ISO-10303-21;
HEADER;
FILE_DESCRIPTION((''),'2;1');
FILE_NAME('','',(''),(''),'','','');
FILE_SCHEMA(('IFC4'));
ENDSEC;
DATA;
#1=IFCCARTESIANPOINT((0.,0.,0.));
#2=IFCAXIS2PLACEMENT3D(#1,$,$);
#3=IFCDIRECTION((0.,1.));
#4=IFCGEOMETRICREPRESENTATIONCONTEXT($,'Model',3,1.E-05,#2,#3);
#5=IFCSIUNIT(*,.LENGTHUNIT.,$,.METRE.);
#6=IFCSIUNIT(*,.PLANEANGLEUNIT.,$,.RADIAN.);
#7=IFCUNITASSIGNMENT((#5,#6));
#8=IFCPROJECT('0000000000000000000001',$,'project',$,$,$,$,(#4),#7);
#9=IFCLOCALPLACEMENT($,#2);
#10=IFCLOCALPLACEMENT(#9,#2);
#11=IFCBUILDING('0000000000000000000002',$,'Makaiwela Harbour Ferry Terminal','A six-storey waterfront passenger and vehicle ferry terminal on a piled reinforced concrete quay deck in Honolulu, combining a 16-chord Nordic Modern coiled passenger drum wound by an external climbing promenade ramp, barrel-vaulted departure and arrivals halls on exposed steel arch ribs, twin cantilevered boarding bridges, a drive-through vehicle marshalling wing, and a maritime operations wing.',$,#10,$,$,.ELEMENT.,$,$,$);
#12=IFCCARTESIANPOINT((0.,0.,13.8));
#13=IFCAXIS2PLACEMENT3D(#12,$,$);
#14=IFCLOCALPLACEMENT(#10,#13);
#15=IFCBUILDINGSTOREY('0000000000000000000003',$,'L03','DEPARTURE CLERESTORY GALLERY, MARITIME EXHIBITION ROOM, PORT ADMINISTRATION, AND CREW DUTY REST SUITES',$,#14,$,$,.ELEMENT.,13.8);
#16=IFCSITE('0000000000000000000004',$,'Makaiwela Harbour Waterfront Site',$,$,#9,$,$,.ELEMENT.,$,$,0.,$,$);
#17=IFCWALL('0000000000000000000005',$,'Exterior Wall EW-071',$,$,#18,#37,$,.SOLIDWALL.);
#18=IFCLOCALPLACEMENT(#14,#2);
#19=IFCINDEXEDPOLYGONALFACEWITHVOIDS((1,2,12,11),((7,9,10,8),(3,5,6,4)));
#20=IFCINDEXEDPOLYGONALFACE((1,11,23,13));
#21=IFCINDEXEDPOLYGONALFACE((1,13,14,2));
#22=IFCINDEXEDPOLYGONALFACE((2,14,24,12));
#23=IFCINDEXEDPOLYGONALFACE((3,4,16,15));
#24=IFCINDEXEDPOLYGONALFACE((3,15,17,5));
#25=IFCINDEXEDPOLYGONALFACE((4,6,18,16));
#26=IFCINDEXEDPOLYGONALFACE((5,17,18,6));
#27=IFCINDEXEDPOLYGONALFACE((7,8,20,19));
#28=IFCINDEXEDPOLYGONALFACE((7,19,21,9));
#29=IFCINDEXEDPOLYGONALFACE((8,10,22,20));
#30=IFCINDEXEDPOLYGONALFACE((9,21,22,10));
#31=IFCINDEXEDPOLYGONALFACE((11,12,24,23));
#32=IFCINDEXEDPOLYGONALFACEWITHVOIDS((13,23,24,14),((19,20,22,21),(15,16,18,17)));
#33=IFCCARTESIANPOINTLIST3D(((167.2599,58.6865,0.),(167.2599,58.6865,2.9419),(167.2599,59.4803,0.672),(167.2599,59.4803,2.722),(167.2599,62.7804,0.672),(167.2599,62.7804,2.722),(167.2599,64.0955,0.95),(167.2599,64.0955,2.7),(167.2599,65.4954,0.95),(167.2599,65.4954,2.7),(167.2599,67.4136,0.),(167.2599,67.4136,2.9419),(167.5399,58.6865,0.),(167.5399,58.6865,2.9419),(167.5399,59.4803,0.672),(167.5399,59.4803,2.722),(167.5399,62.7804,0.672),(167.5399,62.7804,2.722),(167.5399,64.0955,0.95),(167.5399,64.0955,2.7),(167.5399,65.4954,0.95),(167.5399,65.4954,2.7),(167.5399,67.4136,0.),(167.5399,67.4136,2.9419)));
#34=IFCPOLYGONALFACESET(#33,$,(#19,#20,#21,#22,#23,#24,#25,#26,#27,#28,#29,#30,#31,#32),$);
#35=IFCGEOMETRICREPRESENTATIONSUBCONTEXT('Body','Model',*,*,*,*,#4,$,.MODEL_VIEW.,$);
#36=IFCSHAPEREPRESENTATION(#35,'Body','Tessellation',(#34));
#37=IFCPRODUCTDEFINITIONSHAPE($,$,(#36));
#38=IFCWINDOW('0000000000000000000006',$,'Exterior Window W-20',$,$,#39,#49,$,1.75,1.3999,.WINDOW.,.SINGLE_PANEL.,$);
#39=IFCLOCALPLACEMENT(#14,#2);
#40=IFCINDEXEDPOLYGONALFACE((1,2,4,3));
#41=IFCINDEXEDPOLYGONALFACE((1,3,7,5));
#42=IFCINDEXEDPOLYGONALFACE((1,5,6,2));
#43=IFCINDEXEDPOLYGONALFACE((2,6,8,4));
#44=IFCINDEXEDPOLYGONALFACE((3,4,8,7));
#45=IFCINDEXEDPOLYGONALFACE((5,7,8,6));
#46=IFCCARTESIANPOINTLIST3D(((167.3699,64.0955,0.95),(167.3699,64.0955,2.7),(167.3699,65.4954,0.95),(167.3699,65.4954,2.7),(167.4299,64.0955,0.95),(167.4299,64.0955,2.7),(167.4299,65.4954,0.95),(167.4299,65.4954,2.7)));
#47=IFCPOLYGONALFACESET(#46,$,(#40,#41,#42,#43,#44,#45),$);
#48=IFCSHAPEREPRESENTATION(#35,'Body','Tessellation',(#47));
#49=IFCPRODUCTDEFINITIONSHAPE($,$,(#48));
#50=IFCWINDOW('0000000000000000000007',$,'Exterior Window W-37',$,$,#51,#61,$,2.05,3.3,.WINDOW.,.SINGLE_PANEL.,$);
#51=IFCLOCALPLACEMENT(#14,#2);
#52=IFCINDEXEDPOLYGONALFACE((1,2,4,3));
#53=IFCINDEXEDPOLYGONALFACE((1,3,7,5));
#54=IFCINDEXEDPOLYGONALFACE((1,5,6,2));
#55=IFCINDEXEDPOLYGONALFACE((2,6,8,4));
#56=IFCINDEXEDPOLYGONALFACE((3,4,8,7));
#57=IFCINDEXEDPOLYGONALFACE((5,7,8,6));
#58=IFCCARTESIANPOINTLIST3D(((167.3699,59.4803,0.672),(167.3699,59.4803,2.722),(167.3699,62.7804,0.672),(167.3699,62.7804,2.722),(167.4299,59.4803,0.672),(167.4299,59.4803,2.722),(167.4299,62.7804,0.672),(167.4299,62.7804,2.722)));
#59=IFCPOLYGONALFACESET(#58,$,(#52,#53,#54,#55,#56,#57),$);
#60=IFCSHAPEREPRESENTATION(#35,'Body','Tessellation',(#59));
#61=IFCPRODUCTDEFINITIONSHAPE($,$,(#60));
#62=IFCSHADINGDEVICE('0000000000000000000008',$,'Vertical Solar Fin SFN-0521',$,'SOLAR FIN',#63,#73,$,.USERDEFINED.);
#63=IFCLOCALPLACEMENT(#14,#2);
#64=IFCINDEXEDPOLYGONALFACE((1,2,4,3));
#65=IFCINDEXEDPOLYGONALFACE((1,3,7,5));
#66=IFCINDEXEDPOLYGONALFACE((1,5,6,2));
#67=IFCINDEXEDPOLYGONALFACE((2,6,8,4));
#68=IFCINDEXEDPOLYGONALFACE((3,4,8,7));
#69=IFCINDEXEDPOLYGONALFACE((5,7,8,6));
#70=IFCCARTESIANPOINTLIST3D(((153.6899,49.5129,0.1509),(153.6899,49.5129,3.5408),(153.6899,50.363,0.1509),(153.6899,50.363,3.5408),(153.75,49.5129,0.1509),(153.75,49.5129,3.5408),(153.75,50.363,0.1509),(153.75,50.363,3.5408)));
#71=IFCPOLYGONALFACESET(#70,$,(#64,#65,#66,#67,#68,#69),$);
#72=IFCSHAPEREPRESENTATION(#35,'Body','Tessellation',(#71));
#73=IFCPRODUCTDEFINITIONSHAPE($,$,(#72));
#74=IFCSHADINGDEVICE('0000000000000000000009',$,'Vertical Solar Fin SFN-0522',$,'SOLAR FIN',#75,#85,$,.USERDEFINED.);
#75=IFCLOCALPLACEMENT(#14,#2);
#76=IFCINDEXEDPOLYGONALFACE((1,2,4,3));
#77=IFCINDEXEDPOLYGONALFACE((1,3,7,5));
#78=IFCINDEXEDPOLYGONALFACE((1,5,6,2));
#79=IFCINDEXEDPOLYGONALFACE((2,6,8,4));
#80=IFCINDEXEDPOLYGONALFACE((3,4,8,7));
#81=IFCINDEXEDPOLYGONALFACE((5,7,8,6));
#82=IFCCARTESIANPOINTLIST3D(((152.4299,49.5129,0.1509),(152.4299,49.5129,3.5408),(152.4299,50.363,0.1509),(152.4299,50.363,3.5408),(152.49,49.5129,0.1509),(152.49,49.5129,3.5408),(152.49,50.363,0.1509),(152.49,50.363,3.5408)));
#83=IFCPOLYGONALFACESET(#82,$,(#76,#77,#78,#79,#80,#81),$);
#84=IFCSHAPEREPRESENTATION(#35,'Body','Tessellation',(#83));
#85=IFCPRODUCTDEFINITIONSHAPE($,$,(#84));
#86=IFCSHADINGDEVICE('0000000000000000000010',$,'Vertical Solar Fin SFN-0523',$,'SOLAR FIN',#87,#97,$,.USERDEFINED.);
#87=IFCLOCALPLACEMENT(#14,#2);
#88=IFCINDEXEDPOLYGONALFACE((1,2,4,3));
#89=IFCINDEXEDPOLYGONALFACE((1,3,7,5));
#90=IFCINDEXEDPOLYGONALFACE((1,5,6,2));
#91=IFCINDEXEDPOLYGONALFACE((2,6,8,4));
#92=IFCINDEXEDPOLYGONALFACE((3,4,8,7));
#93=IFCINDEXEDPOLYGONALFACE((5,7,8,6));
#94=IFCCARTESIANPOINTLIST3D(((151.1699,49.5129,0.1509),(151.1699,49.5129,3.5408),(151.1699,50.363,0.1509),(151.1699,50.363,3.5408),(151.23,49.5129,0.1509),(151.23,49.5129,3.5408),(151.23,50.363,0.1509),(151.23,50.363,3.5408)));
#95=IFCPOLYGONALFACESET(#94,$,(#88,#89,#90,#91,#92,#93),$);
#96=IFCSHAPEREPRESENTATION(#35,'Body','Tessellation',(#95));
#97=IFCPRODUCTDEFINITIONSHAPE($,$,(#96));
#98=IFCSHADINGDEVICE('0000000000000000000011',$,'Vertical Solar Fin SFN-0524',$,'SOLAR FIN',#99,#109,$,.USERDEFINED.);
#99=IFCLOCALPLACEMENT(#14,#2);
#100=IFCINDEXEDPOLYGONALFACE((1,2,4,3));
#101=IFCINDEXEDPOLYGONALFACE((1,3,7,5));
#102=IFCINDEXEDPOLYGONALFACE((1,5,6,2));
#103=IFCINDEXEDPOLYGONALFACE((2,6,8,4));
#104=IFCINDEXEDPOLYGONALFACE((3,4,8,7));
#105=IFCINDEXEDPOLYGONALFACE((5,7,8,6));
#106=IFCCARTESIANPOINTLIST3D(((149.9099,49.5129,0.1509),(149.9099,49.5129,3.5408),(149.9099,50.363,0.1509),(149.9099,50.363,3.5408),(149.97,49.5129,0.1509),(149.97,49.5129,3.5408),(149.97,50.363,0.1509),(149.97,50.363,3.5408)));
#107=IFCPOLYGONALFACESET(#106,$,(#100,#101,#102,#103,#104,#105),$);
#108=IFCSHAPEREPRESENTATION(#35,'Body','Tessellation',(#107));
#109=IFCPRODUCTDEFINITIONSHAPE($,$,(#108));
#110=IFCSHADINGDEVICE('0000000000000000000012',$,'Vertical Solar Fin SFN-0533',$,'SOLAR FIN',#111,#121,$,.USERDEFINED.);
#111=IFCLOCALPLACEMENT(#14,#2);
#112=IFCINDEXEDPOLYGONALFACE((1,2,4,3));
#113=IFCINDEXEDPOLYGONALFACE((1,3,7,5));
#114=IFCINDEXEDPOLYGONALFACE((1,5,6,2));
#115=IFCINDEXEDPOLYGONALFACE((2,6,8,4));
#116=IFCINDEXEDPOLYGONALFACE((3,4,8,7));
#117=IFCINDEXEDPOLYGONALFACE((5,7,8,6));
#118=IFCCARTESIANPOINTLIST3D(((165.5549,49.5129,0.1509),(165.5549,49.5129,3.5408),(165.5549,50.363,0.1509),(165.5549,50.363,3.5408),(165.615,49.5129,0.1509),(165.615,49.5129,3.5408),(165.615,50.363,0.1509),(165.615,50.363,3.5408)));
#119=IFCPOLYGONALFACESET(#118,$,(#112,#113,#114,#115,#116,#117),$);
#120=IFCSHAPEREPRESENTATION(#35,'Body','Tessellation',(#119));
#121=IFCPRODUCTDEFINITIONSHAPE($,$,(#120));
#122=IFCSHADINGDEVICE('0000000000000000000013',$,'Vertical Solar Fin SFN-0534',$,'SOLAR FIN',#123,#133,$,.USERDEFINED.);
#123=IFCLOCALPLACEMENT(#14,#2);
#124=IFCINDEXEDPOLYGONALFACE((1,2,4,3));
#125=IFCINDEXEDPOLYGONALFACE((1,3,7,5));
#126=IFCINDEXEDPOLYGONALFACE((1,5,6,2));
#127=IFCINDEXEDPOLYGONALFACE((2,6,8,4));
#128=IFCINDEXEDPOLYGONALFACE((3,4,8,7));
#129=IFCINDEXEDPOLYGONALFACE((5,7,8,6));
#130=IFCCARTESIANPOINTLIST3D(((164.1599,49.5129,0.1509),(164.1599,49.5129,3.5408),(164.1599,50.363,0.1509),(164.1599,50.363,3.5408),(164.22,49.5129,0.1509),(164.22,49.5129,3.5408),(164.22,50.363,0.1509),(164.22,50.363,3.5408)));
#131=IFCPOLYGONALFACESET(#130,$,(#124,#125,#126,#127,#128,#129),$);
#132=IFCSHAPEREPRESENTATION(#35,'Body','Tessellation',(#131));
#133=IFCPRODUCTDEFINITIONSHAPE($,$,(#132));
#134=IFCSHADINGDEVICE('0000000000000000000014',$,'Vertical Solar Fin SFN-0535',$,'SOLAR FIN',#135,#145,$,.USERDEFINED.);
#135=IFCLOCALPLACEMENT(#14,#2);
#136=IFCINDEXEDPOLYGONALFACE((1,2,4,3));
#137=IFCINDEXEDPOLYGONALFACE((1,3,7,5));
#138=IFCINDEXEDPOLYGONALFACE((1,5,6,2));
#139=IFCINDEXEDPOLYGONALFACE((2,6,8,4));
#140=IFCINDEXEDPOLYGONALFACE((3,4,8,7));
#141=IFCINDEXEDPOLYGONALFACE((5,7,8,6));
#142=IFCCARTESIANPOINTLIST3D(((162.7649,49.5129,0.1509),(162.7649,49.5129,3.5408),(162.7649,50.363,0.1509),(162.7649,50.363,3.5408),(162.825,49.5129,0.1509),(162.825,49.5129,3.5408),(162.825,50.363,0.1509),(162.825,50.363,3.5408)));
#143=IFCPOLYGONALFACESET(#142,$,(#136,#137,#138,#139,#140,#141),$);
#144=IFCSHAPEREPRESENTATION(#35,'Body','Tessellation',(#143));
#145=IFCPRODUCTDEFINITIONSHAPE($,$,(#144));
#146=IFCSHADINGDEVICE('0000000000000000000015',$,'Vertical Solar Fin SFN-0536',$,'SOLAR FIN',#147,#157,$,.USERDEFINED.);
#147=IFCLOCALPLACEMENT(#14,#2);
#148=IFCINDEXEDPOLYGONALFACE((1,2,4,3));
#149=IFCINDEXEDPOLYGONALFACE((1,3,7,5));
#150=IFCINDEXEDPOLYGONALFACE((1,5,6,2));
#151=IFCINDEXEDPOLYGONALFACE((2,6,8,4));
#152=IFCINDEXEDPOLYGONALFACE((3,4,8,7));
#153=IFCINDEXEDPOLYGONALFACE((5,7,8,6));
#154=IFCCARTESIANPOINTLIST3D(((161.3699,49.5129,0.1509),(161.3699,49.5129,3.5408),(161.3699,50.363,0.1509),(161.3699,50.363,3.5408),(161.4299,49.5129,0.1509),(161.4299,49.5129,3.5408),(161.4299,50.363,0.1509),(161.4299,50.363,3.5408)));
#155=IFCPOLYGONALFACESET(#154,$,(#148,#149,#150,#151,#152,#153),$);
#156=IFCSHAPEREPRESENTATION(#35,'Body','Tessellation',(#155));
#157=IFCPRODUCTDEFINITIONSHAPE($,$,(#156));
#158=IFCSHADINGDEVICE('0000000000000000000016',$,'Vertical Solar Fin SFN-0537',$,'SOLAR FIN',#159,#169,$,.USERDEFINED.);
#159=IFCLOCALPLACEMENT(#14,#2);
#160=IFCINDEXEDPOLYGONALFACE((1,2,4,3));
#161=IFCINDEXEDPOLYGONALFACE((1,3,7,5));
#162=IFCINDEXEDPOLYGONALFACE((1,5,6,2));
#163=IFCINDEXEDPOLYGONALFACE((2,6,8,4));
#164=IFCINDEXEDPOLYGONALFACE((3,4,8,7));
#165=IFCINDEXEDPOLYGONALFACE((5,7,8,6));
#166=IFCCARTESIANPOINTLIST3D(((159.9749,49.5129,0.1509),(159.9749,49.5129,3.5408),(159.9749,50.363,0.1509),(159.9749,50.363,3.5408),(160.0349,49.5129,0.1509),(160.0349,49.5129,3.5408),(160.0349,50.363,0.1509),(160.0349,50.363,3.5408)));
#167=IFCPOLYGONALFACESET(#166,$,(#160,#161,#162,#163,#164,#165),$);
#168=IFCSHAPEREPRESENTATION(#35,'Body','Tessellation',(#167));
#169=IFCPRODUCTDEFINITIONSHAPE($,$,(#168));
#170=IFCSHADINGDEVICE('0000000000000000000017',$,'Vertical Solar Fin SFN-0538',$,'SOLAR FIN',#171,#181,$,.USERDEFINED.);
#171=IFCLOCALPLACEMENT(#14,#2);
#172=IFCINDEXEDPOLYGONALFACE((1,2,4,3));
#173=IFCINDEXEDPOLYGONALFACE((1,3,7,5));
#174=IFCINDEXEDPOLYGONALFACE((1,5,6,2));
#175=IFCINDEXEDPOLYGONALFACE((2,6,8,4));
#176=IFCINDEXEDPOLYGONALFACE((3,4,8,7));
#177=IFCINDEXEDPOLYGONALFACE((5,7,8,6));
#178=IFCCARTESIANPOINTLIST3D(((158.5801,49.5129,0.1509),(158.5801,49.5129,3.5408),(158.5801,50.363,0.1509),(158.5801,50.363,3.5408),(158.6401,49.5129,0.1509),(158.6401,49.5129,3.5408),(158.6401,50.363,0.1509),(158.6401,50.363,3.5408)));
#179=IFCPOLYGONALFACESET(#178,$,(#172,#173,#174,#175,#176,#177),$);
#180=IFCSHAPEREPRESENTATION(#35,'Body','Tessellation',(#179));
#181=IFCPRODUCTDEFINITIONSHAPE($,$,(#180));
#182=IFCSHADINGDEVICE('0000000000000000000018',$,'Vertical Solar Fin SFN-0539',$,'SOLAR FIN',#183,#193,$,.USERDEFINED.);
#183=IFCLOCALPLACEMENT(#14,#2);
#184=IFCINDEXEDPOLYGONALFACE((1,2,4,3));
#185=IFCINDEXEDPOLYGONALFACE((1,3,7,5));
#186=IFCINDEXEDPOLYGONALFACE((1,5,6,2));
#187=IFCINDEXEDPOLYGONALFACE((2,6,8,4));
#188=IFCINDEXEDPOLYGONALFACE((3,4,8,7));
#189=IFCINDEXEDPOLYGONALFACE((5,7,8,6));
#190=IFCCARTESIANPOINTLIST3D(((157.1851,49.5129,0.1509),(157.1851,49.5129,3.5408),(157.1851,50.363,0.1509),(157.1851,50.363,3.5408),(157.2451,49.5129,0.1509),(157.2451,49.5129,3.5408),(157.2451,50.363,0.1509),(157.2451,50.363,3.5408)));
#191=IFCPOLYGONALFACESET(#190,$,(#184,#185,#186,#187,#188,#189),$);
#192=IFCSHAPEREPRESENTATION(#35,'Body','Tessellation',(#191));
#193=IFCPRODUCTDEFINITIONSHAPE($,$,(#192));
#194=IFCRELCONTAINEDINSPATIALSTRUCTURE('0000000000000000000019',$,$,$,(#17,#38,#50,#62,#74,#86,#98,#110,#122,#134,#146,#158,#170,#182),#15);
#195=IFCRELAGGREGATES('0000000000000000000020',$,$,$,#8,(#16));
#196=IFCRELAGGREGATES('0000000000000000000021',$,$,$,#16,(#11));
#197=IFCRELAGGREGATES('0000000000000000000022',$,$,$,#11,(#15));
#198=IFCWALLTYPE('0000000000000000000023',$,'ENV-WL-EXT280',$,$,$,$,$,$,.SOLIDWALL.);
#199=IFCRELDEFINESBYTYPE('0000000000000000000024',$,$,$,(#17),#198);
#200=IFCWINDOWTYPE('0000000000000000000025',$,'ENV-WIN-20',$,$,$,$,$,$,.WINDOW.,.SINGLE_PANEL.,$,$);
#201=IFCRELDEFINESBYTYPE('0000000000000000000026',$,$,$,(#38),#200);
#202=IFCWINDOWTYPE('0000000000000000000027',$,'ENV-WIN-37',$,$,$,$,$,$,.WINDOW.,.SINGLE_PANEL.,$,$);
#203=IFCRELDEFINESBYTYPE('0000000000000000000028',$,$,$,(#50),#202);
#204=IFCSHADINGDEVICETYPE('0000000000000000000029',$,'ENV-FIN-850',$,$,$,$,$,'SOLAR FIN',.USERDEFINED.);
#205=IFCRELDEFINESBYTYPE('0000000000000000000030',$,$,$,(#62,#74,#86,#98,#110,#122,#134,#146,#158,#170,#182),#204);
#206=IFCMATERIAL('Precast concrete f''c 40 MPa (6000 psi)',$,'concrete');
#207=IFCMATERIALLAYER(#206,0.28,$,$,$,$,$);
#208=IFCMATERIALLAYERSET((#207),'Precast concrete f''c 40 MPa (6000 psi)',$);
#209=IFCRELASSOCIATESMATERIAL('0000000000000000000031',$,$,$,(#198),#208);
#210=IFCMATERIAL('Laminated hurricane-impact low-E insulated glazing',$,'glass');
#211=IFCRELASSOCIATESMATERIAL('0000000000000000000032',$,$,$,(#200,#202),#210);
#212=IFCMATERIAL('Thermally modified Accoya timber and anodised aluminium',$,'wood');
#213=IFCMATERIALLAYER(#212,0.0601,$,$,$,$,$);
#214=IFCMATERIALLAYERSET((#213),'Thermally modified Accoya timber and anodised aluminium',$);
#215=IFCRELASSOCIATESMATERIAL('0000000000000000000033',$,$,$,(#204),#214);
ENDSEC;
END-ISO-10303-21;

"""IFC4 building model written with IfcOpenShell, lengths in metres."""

from ifc_helpers import new_model, si_unit, direction, frame, frame_2d, origin, origin_2d, place, context, subcontext, project, spatial, rectangle, extrude, material, layer, layer_set, type_object, element, fill, save


model = new_model("IFC4")

# Units and contexts
model_context = context("Model", 3, precision=1e-05, world=origin(), true_north=direction((0.0, 1.0)))
body_context = subcontext(model_context, "Body", "Model", "MODEL_VIEW")
ifc_project = project(units=[si_unit("LENGTHUNIT", "METRE"), si_unit("PLANEANGLEUNIT", "RADIAN")], contexts=[model_context])

# Site, building, storey
site_placement = place(None, origin())
site = spatial("IfcSite", under=ifc_project, at=site_placement, Name="Makaiwela Harbour Waterfront Site", CompositionType="ELEMENT", RefElevation=0.0)
building_placement = place(site_placement, origin())
building = spatial("IfcBuilding", under=site, at=building_placement, Name="Makaiwela Harbour Ferry Terminal", Description="A six-storey waterfront passenger and vehicle ferry terminal on a piled reinforced concrete quay deck in Honolulu, combining a 16-chord Nordic Modern coiled passenger drum wound by an external climbing promenade ramp, barrel-vaulted departure and arrivals halls on exposed steel arch ribs, twin cantilevered boarding bridges, a drive-through vehicle marshalling wing, and a maritime operations wing.", CompositionType="ELEMENT")
storey_placement = place(building_placement, frame((0.0, 0.0, 13.8)))
storey = spatial("IfcBuildingStorey", under=building, at=storey_placement, Name="L03", Description="DEPARTURE CLERESTORY GALLERY, MARITIME EXHIBITION ROOM, PORT ADMINISTRATION, AND CREW DUTY REST SUITES", CompositionType="ELEMENT", Elevation=13.8)

# Wall, openings, windows
ifc_material_1 = material(Name="Precast concrete f'c 40 MPa (6000 psi)", Category="concrete")
ifc_layer_1 = layer(ifc_material_1, 0.28)
ifc_layer_set_1 = layer_set([ifc_layer_1], Name="Precast concrete f'c 40 MPa (6000 psi)")
wall_type = type_object("IfcWallType", Name="ENV-WL-EXT280", PredefinedType="SOLIDWALL", material=ifc_layer_set_1)
ifc_material_2 = material(Name="Laminated hurricane-impact low-E insulated glazing", Category="glass")
wall_1_placement = place(storey_placement, frame((167.3999, 67.4136, 0.0), z_axis=(0.0, 0.0, 1.0), x_axis=(0.0, -1.0, 0.0)))
wall_1 = element("IfcWall", 1, at=wall_1_placement, inside=storey, type_object=wall_type, Name="Exterior Wall EW-071", PredefinedType="SOLIDWALL", context=body_context, shape_type="SweptSolid", body=[
    extrude(rectangle(XDim=8.7271, YDim=0.28, at=frame_2d((4.3635, 0.0))), origin(), (0.0, 0.0, 1.0), 2.9419),
])
opening_1_placement = place(wall_1_placement, frame((1.9182, 0.0, 0.95)))
opening_1 = element("IfcOpeningElement", 2, at=opening_1_placement, cuts=wall_1, PredefinedType="OPENING", context=body_context, shape_type="SweptSolid", body=[
    extrude(rectangle(XDim=1.3999, YDim=1.75, at=frame_2d((0.7, 0.875))), frame((0.0, 0.1499, 0.0), z_axis=(0.0, -1.0, 0.0), x_axis=(1.0, 0.0, 0.0)), (0.0, 0.0, 1.0), 0.3),
])
opening_2_placement = place(wall_1_placement, frame((4.6333, 0.0, 0.6721)))
opening_2 = element("IfcOpeningElement", 3, at=opening_2_placement, cuts=wall_1, PredefinedType="OPENING", context=body_context, shape_type="SweptSolid", body=[
    extrude(rectangle(XDim=3.3, YDim=2.05, at=frame_2d((1.6499, 1.0249))), frame((0.0, 0.1499, 0.0), z_axis=(0.0, -1.0, 0.0), x_axis=(1.0, 0.0, 0.0)), (0.0, 0.0, 1.0), 0.3),
])
window_type_1 = type_object("IfcWindowType", Name="ENV-WIN-20", PartitioningType="SINGLE_PANEL", PredefinedType="WINDOW", material=ifc_material_2)
window_1_placement = place(opening_1_placement, origin())
window_1 = element("IfcWindow", 4, at=window_1_placement, inside=storey, type_object=window_type_1, Name="Exterior Window W-20", OverallHeight=1.75, OverallWidth=1.3999, PartitioningType="SINGLE_PANEL", PredefinedType="WINDOW", context=body_context, shape_type="SweptSolid", body=[
    extrude(rectangle(XDim=1.3999, YDim=1.75, at=frame_2d((0.7, 0.875))), frame((0.0, 0.03, 0.0), z_axis=(0.0, -1.0, 0.0), x_axis=(1.0, 0.0, 0.0)), (0.0, 0.0, 1.0), 0.0601),
])
fill(opening_1, window_1)
window_type_2 = type_object("IfcWindowType", Name="ENV-WIN-37", PartitioningType="SINGLE_PANEL", PredefinedType="WINDOW", material=ifc_material_2)
window_2_placement = place(opening_2_placement, origin())
window_2 = element("IfcWindow", 5, at=window_2_placement, inside=storey, type_object=window_type_2, Name="Exterior Window W-37", OverallHeight=2.05, OverallWidth=3.3, PartitioningType="SINGLE_PANEL", PredefinedType="WINDOW", context=body_context, shape_type="SweptSolid", body=[
    extrude(rectangle(XDim=3.3, YDim=2.05, at=frame_2d((1.6499, 1.0249))), frame((0.0, 0.03, 0.0), z_axis=(0.0, -1.0, 0.0), x_axis=(1.0, 0.0, 0.0)), (0.0, 0.0, 1.0), 0.0601),
])
fill(opening_2, window_2)

# Shading devices
ifc_material_3 = material(Name="Thermally modified Accoya timber and anodised aluminium", Category="wood")
ifc_layer_2 = layer(ifc_material_3, 0.0601)
ifc_layer_set_2 = layer_set([ifc_layer_2], Name="Thermally modified Accoya timber and anodised aluminium")
shading_device_type = type_object("IfcShadingDeviceType", Name="ENV-FIN-850", ElementType="SOLAR FIN", PredefinedType="USERDEFINED", material=ifc_layer_set_2)
for number, where, z_axis, x_axis, name in (
    (6, (153.72, 49.938, 0.1509), (0.0, 0.0, 1.0), (0.0, 1.0, 0.0), "Vertical Solar Fin SFN-0521"),
    (7, (152.46, 49.938, 0.1509), (0.0, 0.0, 1.0), (0.0, 1.0, 0.0), "Vertical Solar Fin SFN-0522"),
    (8, (151.2, 49.938, 0.1509), (0.0, 0.0, 1.0), (0.0, 1.0, 0.0), "Vertical Solar Fin SFN-0523"),
    (9, (149.9399, 49.938, 0.1509), (0.0, 0.0, 1.0), (0.0, 1.0, 0.0), "Vertical Solar Fin SFN-0524"),
    (10, (165.585, 49.938, 0.1509), (0.0, 0.0, 1.0), (0.0, 1.0, 0.0), "Vertical Solar Fin SFN-0533"),
    (11, (164.1899, 49.938, 0.1509), (0.0, 0.0, 1.0), (0.0, 1.0, 0.0), "Vertical Solar Fin SFN-0534"),
    (12, (162.7949, 49.938, 0.1509), (0.0, 0.0, 1.0), (0.0, 1.0, 0.0), "Vertical Solar Fin SFN-0535"),
    (13, (161.3999, 49.938, 0.1509), (0.0, 0.0, 1.0), (0.0, 1.0, 0.0), "Vertical Solar Fin SFN-0536"),
    (14, (160.0049, 49.938, 0.1509), (0.0, 0.0, 1.0), (0.0, 1.0, 0.0), "Vertical Solar Fin SFN-0537"),
    (15, (158.6101, 49.938, 0.1509), (0.0, 0.0, 1.0), (0.0, 1.0, 0.0), "Vertical Solar Fin SFN-0538"),
    (16, (157.2151, 49.938, 0.1509), (0.0, 0.0, 1.0), (0.0, 1.0, 0.0), "Vertical Solar Fin SFN-0539"),
):
    element("IfcShadingDevice", number, at=place(storey_placement, frame(where, z_axis=z_axis, x_axis=x_axis)), inside=storey, type_object=shading_device_type, Name=name, ObjectType="SOLAR FIN", PredefinedType="USERDEFINED", context=body_context, shape_type="SweptSolid", body=[
        extrude(rectangle(XDim=0.8501, YDim=0.0601, at=origin_2d()), origin(), (0.0, 0.0, 1.0), 3.3899),
    ])

save(model, "model.ifc")
